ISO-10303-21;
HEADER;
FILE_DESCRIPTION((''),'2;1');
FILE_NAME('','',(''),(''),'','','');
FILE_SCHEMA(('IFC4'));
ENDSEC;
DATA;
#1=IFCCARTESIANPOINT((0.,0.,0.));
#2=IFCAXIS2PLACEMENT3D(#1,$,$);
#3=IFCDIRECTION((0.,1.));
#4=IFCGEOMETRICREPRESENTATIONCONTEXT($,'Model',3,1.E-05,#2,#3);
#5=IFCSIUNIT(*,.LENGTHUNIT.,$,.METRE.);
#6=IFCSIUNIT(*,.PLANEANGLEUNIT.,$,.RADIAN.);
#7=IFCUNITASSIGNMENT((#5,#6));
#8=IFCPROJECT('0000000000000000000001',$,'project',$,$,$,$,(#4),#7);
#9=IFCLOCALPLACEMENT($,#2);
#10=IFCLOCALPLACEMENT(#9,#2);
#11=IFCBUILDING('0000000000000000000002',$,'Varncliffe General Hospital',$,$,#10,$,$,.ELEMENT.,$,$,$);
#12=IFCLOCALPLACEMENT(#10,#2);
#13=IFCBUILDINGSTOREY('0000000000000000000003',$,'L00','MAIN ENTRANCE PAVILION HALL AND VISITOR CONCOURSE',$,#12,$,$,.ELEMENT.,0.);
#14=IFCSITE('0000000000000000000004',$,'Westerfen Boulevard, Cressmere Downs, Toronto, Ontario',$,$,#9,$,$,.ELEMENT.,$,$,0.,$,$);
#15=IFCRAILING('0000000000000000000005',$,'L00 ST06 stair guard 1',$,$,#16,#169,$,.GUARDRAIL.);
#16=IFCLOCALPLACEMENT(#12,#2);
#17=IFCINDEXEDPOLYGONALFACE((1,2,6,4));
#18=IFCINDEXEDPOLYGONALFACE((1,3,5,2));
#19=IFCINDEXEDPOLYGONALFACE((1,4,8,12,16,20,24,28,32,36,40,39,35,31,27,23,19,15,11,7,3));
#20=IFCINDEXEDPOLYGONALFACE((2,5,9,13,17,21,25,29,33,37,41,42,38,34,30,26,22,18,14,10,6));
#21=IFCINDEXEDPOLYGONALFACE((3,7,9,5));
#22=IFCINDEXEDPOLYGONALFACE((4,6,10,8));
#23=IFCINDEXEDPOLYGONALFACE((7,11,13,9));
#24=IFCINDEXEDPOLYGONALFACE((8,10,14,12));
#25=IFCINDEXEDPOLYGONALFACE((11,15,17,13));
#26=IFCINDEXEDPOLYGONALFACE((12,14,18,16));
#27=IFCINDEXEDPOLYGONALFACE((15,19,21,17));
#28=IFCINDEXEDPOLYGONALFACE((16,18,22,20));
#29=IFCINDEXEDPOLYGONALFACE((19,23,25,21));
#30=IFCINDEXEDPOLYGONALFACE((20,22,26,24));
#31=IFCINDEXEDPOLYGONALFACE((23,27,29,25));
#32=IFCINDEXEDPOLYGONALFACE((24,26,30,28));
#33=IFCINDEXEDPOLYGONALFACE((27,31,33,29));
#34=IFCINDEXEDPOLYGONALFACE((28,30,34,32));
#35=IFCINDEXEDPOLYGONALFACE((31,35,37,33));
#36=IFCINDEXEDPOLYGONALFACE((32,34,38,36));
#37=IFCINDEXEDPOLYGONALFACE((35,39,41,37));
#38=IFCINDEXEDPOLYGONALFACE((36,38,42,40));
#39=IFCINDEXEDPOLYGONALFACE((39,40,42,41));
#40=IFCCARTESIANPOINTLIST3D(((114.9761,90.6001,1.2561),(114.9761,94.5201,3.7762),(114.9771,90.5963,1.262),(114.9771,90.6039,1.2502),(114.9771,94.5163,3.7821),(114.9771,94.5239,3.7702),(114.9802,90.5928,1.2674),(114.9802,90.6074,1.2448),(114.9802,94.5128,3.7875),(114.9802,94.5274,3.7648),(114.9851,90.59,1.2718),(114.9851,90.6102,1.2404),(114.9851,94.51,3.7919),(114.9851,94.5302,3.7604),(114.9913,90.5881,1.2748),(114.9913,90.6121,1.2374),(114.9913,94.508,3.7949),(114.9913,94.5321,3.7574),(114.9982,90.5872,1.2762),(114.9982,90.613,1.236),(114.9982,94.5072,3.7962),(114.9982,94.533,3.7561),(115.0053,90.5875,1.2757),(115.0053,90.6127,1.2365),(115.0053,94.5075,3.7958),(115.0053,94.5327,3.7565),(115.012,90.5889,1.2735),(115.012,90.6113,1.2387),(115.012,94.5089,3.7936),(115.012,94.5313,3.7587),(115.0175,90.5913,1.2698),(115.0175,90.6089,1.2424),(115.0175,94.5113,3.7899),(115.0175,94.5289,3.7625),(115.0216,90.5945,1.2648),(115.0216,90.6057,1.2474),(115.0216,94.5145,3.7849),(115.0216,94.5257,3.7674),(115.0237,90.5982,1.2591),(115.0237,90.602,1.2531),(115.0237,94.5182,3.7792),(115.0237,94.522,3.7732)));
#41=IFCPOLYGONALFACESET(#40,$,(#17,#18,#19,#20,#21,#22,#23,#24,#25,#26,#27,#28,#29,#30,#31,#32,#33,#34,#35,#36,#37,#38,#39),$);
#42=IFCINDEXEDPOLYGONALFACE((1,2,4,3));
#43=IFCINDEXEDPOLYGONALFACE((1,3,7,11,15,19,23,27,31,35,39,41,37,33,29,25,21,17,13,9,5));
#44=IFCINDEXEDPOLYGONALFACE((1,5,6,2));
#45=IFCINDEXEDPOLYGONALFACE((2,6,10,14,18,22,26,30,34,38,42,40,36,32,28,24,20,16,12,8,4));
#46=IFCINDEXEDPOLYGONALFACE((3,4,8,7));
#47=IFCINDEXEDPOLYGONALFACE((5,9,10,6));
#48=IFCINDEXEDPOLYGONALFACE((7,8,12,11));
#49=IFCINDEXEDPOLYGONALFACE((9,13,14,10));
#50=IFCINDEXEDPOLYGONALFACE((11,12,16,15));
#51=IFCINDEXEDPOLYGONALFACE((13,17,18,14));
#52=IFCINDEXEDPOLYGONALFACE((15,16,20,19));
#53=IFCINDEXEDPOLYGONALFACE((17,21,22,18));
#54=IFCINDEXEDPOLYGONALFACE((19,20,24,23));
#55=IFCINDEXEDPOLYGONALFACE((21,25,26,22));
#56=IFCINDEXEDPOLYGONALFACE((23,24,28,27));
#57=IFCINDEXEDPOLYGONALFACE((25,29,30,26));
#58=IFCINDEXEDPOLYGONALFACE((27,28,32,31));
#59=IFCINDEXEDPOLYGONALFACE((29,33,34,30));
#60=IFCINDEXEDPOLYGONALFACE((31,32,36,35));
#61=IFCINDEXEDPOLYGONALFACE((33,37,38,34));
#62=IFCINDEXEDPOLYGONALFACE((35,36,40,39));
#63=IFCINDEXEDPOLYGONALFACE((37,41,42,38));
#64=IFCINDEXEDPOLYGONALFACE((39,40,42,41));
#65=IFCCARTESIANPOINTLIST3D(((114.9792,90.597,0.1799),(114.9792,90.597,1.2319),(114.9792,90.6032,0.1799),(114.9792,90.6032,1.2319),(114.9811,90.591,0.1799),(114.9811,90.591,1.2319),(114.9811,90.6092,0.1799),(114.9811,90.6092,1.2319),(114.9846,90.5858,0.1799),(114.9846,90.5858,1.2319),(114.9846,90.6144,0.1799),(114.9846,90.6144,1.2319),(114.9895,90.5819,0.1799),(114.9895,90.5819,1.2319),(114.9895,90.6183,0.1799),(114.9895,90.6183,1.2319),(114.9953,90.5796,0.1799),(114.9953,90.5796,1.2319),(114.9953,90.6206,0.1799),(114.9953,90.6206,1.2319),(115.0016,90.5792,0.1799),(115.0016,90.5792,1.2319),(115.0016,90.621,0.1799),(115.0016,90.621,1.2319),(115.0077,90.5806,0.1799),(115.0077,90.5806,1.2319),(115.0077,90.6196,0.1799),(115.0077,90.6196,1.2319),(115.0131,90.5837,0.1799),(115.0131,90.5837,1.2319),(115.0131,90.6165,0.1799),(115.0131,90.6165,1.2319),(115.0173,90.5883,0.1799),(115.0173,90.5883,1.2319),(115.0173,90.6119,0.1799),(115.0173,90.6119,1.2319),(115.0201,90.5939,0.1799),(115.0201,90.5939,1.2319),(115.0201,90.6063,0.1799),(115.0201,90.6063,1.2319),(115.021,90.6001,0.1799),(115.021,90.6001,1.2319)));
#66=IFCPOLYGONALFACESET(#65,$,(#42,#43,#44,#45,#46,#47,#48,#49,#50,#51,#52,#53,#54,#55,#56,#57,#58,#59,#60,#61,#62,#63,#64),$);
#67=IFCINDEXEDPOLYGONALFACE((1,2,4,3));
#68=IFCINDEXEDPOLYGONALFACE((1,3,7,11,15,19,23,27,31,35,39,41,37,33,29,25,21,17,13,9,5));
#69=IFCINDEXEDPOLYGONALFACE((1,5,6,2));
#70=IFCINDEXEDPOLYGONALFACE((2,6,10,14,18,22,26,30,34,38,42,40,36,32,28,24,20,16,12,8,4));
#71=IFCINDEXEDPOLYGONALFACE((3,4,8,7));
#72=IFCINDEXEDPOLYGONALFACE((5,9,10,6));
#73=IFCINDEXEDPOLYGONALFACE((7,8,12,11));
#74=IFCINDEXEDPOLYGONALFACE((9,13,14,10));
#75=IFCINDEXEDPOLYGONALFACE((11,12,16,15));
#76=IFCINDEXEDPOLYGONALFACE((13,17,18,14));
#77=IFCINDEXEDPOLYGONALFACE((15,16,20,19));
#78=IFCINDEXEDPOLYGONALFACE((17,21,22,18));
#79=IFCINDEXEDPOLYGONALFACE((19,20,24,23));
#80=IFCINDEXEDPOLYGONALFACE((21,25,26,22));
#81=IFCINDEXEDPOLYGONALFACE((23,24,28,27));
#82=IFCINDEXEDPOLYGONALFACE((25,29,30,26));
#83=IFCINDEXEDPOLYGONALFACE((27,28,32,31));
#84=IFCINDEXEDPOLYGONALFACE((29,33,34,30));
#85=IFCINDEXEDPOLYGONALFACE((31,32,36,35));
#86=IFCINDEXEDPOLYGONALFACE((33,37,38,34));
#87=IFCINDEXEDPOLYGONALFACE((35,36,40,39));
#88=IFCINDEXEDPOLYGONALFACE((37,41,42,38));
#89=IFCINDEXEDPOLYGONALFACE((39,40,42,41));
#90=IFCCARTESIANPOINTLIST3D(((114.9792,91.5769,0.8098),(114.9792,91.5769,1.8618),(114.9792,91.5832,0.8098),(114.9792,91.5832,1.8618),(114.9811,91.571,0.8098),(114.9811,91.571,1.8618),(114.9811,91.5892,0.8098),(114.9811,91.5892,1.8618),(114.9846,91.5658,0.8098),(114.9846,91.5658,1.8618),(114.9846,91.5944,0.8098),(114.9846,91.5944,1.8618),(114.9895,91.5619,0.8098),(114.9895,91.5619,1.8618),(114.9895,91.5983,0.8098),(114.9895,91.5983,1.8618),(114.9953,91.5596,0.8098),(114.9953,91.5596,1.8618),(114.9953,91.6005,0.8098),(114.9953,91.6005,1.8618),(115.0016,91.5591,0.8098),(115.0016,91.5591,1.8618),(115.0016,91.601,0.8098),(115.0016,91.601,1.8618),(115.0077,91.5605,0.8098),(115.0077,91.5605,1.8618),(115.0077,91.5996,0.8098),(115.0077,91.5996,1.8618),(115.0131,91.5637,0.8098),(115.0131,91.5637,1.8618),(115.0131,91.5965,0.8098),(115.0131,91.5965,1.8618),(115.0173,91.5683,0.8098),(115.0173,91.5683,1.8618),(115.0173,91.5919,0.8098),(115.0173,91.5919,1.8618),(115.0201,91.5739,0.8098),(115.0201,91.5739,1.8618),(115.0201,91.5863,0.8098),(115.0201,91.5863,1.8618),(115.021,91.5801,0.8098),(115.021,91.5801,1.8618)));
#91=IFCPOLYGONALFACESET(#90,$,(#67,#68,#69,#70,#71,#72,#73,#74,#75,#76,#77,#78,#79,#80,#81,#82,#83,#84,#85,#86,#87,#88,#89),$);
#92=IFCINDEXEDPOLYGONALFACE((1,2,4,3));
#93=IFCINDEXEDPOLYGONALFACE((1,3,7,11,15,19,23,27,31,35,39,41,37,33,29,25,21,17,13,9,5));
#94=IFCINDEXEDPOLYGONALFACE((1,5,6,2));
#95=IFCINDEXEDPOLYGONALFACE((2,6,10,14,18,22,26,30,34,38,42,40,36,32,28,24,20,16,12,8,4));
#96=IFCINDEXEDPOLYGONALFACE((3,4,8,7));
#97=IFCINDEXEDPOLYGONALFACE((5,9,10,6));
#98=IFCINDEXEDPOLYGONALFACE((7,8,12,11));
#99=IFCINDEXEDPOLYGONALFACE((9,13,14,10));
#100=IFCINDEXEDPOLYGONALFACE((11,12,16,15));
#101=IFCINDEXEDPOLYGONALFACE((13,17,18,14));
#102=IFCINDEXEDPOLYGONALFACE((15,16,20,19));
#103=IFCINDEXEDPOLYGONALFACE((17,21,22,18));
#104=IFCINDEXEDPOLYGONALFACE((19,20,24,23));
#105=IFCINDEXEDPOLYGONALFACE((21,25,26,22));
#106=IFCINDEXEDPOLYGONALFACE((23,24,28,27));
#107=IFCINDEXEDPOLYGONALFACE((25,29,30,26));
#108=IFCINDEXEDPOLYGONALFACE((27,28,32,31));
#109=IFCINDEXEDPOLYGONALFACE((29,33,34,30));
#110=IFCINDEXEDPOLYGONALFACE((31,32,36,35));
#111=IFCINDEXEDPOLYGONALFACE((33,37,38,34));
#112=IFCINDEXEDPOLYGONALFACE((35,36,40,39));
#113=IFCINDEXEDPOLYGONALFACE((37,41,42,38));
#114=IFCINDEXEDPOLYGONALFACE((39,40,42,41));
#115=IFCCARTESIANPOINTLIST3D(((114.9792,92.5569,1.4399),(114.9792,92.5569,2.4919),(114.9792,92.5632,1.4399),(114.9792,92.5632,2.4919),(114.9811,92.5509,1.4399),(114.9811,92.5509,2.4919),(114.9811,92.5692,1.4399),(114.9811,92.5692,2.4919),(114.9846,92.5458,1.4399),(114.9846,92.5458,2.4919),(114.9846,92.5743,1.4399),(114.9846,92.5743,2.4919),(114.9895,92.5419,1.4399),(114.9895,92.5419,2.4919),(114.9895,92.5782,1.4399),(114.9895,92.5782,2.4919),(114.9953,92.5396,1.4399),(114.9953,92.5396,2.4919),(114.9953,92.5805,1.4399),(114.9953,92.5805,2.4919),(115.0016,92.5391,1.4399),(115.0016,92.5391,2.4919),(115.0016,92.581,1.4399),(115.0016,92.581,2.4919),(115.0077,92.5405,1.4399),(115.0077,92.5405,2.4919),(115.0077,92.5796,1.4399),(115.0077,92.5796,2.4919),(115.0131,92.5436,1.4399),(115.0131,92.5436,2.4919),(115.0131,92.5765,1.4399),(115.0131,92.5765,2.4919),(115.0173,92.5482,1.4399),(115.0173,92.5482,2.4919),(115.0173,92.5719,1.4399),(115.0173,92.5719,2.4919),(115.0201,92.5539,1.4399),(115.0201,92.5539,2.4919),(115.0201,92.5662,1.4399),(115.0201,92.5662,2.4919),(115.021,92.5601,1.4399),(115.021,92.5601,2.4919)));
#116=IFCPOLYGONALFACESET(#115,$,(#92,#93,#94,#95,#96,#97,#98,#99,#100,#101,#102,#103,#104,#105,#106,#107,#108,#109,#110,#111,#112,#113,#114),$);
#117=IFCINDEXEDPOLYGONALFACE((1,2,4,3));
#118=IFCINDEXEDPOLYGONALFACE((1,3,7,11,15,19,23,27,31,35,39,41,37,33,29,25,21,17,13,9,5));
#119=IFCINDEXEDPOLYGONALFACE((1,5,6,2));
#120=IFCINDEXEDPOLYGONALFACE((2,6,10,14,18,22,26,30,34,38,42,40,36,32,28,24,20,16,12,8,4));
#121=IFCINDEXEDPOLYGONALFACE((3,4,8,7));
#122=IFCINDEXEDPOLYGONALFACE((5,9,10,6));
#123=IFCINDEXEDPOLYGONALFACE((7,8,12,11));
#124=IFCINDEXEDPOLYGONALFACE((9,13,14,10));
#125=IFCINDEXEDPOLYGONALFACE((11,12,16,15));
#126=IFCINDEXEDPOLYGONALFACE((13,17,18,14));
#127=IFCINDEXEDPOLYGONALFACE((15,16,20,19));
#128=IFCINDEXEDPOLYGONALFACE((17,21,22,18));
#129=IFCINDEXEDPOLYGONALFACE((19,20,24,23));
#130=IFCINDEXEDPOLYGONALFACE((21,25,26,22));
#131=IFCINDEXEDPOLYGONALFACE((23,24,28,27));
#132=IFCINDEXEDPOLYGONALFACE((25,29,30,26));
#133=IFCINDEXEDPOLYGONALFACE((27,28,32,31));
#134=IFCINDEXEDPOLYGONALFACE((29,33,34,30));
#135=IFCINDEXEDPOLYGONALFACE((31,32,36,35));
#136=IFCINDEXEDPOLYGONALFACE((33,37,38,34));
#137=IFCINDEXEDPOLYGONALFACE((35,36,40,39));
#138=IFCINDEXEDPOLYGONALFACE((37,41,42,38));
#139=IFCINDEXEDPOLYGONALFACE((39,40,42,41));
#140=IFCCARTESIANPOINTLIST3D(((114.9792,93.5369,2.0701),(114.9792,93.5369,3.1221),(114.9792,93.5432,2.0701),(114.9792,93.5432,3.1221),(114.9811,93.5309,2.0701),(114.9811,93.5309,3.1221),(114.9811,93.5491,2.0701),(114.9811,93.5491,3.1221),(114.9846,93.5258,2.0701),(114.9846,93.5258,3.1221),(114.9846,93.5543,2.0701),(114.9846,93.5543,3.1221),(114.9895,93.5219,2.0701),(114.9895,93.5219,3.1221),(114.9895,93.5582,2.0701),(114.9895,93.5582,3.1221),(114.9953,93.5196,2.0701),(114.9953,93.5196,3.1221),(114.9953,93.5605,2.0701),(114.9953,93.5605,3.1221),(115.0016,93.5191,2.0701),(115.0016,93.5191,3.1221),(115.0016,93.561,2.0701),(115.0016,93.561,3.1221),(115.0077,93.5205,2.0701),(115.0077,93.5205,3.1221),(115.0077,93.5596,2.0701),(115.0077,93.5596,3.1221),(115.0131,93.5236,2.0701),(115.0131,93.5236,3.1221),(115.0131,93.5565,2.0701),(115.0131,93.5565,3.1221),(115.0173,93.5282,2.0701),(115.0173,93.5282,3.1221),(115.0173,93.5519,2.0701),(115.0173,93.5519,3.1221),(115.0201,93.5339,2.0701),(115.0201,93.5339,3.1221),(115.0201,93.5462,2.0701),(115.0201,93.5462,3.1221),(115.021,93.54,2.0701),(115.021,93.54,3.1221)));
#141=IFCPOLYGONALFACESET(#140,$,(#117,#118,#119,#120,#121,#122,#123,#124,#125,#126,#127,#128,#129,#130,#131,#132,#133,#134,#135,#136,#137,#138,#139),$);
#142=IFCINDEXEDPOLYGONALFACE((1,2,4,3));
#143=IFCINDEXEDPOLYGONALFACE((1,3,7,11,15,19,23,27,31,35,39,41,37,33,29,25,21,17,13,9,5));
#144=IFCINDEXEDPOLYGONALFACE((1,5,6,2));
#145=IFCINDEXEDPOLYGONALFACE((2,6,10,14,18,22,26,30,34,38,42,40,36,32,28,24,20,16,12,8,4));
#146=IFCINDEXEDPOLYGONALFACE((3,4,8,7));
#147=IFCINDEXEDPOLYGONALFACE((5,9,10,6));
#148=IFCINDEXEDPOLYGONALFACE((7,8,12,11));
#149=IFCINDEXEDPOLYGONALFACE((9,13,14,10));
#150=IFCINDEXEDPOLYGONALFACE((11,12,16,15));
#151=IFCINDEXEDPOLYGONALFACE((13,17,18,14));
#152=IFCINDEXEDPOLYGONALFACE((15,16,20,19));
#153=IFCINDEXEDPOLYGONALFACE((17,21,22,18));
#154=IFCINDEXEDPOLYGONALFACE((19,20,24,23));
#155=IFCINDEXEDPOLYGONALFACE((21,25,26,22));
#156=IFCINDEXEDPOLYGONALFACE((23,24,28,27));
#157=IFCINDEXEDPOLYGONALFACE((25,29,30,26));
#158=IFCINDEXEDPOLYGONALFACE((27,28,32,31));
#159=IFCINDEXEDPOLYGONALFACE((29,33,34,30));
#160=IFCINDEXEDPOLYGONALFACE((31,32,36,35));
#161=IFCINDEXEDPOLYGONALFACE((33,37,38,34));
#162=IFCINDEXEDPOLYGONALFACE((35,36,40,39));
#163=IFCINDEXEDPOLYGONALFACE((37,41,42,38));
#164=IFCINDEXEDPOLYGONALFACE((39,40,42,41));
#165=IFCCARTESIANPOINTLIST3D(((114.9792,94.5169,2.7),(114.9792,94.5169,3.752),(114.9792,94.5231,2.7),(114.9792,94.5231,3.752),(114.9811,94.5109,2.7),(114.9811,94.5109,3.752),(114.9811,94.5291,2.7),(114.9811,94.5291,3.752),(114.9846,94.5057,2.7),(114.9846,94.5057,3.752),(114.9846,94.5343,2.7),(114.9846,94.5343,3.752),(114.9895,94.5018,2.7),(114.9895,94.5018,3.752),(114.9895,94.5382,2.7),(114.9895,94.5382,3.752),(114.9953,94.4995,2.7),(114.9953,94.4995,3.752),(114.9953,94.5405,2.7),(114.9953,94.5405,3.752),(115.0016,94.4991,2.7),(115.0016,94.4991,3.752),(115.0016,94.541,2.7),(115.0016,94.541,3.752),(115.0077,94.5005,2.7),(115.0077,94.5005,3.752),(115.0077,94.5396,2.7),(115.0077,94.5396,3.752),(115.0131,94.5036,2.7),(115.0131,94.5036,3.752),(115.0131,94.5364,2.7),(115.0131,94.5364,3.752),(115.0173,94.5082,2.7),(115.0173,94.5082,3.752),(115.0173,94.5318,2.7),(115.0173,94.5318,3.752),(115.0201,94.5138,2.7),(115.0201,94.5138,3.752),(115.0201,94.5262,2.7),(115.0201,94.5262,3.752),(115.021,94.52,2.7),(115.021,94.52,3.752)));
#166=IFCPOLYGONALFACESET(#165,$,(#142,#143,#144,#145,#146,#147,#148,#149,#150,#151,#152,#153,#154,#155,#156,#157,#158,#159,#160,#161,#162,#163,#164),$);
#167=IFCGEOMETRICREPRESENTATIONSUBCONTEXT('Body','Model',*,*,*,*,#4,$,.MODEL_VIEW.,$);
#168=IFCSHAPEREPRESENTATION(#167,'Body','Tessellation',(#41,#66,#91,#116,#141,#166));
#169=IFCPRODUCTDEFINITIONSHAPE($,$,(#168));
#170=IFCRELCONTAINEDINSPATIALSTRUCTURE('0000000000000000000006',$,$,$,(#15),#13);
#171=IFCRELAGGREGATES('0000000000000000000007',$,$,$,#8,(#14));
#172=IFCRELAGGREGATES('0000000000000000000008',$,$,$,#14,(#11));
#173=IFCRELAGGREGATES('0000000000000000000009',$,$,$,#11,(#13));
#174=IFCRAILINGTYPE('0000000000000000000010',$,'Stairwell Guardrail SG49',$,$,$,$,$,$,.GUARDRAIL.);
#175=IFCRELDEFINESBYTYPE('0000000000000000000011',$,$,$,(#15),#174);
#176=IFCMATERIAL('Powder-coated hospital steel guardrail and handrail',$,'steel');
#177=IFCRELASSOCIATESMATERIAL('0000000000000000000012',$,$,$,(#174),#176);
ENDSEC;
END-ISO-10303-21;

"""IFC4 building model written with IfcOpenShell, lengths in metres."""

from ifc_helpers import new_model, si_unit, direction, frame, origin, origin_2d, place, context, subcontext, project, spatial, circle, extrude, material, type_object, element, save


model = new_model("IFC4")

# Units and contexts
model_context = context("Model", 3, precision=1e-05, world=origin(), true_north=direction((0.0, 1.0)))
body_context = subcontext(model_context, "Body", "Model", "MODEL_VIEW")
ifc_project = project(units=[si_unit("LENGTHUNIT", "METRE"), si_unit("PLANEANGLEUNIT", "RADIAN")], contexts=[model_context])

# Site, building, storey
site_placement = place(None, origin())
site = spatial("IfcSite", under=ifc_project, at=site_placement, Name="Westerfen Boulevard, Cressmere Downs, Toronto, Ontario", CompositionType="ELEMENT", RefElevation=0.0)
building_placement = place(site_placement, origin())
building = spatial("IfcBuilding", under=site, at=building_placement, Name="Varncliffe General Hospital", CompositionType="ELEMENT")
storey_placement = place(building_placement, origin())
storey = spatial("IfcBuildingStorey", under=building, at=storey_placement, Name="L00", Description="MAIN ENTRANCE PAVILION HALL AND VISITOR CONCOURSE", CompositionType="ELEMENT", Elevation=0.0)

# Railing
ifc_material_1 = material(Name="Powder-coated hospital steel guardrail and handrail", Category="steel")
railing_type = type_object("IfcRailingType", Name="Stairwell Guardrail SG49", PredefinedType="GUARDRAIL", material=ifc_material_1)
railing_1_placement = place(storey_placement, frame((115.0, 90.6001, 0.1799)))
element("IfcRailing", 1, at=railing_1_placement, inside=storey, type_object=railing_type, Name="L00 ST06 stair guard 1", PredefinedType="GUARDRAIL", context=body_context, shape_type="SweptSolid", body=[
    extrude(circle(Radius=0.0239, at=origin_2d()), frame((0.0, 0.0, 1.0762), z_axis=(0.0, 0.841172, 0.540768), x_axis=(-1.0, 0.0, 0.0)), (0.0, 0.0, 1.0), 4.6602),
    extrude(circle(Radius=0.021, at=origin_2d()), origin(), (0.0, 0.0, 1.0), 1.052),
    extrude(circle(Radius=0.021, at=origin_2d()), frame((0.0, 0.98, 0.6299)), (0.0, 0.0, 1.0), 1.052),
    extrude(circle(Radius=0.021, at=origin_2d()), frame((0.0, 1.96, 1.26)), (0.0, 0.0, 1.0), 1.052),
    extrude(circle(Radius=0.021, at=origin_2d()), frame((0.0, 2.9399, 1.8901)), (0.0, 0.0, 1.0), 1.052),
    extrude(circle(Radius=0.021, at=origin_2d()), frame((0.0, 3.9199, 2.52)), (0.0, 0.0, 1.0), 1.052),
])

save(model, "model.ifc")
